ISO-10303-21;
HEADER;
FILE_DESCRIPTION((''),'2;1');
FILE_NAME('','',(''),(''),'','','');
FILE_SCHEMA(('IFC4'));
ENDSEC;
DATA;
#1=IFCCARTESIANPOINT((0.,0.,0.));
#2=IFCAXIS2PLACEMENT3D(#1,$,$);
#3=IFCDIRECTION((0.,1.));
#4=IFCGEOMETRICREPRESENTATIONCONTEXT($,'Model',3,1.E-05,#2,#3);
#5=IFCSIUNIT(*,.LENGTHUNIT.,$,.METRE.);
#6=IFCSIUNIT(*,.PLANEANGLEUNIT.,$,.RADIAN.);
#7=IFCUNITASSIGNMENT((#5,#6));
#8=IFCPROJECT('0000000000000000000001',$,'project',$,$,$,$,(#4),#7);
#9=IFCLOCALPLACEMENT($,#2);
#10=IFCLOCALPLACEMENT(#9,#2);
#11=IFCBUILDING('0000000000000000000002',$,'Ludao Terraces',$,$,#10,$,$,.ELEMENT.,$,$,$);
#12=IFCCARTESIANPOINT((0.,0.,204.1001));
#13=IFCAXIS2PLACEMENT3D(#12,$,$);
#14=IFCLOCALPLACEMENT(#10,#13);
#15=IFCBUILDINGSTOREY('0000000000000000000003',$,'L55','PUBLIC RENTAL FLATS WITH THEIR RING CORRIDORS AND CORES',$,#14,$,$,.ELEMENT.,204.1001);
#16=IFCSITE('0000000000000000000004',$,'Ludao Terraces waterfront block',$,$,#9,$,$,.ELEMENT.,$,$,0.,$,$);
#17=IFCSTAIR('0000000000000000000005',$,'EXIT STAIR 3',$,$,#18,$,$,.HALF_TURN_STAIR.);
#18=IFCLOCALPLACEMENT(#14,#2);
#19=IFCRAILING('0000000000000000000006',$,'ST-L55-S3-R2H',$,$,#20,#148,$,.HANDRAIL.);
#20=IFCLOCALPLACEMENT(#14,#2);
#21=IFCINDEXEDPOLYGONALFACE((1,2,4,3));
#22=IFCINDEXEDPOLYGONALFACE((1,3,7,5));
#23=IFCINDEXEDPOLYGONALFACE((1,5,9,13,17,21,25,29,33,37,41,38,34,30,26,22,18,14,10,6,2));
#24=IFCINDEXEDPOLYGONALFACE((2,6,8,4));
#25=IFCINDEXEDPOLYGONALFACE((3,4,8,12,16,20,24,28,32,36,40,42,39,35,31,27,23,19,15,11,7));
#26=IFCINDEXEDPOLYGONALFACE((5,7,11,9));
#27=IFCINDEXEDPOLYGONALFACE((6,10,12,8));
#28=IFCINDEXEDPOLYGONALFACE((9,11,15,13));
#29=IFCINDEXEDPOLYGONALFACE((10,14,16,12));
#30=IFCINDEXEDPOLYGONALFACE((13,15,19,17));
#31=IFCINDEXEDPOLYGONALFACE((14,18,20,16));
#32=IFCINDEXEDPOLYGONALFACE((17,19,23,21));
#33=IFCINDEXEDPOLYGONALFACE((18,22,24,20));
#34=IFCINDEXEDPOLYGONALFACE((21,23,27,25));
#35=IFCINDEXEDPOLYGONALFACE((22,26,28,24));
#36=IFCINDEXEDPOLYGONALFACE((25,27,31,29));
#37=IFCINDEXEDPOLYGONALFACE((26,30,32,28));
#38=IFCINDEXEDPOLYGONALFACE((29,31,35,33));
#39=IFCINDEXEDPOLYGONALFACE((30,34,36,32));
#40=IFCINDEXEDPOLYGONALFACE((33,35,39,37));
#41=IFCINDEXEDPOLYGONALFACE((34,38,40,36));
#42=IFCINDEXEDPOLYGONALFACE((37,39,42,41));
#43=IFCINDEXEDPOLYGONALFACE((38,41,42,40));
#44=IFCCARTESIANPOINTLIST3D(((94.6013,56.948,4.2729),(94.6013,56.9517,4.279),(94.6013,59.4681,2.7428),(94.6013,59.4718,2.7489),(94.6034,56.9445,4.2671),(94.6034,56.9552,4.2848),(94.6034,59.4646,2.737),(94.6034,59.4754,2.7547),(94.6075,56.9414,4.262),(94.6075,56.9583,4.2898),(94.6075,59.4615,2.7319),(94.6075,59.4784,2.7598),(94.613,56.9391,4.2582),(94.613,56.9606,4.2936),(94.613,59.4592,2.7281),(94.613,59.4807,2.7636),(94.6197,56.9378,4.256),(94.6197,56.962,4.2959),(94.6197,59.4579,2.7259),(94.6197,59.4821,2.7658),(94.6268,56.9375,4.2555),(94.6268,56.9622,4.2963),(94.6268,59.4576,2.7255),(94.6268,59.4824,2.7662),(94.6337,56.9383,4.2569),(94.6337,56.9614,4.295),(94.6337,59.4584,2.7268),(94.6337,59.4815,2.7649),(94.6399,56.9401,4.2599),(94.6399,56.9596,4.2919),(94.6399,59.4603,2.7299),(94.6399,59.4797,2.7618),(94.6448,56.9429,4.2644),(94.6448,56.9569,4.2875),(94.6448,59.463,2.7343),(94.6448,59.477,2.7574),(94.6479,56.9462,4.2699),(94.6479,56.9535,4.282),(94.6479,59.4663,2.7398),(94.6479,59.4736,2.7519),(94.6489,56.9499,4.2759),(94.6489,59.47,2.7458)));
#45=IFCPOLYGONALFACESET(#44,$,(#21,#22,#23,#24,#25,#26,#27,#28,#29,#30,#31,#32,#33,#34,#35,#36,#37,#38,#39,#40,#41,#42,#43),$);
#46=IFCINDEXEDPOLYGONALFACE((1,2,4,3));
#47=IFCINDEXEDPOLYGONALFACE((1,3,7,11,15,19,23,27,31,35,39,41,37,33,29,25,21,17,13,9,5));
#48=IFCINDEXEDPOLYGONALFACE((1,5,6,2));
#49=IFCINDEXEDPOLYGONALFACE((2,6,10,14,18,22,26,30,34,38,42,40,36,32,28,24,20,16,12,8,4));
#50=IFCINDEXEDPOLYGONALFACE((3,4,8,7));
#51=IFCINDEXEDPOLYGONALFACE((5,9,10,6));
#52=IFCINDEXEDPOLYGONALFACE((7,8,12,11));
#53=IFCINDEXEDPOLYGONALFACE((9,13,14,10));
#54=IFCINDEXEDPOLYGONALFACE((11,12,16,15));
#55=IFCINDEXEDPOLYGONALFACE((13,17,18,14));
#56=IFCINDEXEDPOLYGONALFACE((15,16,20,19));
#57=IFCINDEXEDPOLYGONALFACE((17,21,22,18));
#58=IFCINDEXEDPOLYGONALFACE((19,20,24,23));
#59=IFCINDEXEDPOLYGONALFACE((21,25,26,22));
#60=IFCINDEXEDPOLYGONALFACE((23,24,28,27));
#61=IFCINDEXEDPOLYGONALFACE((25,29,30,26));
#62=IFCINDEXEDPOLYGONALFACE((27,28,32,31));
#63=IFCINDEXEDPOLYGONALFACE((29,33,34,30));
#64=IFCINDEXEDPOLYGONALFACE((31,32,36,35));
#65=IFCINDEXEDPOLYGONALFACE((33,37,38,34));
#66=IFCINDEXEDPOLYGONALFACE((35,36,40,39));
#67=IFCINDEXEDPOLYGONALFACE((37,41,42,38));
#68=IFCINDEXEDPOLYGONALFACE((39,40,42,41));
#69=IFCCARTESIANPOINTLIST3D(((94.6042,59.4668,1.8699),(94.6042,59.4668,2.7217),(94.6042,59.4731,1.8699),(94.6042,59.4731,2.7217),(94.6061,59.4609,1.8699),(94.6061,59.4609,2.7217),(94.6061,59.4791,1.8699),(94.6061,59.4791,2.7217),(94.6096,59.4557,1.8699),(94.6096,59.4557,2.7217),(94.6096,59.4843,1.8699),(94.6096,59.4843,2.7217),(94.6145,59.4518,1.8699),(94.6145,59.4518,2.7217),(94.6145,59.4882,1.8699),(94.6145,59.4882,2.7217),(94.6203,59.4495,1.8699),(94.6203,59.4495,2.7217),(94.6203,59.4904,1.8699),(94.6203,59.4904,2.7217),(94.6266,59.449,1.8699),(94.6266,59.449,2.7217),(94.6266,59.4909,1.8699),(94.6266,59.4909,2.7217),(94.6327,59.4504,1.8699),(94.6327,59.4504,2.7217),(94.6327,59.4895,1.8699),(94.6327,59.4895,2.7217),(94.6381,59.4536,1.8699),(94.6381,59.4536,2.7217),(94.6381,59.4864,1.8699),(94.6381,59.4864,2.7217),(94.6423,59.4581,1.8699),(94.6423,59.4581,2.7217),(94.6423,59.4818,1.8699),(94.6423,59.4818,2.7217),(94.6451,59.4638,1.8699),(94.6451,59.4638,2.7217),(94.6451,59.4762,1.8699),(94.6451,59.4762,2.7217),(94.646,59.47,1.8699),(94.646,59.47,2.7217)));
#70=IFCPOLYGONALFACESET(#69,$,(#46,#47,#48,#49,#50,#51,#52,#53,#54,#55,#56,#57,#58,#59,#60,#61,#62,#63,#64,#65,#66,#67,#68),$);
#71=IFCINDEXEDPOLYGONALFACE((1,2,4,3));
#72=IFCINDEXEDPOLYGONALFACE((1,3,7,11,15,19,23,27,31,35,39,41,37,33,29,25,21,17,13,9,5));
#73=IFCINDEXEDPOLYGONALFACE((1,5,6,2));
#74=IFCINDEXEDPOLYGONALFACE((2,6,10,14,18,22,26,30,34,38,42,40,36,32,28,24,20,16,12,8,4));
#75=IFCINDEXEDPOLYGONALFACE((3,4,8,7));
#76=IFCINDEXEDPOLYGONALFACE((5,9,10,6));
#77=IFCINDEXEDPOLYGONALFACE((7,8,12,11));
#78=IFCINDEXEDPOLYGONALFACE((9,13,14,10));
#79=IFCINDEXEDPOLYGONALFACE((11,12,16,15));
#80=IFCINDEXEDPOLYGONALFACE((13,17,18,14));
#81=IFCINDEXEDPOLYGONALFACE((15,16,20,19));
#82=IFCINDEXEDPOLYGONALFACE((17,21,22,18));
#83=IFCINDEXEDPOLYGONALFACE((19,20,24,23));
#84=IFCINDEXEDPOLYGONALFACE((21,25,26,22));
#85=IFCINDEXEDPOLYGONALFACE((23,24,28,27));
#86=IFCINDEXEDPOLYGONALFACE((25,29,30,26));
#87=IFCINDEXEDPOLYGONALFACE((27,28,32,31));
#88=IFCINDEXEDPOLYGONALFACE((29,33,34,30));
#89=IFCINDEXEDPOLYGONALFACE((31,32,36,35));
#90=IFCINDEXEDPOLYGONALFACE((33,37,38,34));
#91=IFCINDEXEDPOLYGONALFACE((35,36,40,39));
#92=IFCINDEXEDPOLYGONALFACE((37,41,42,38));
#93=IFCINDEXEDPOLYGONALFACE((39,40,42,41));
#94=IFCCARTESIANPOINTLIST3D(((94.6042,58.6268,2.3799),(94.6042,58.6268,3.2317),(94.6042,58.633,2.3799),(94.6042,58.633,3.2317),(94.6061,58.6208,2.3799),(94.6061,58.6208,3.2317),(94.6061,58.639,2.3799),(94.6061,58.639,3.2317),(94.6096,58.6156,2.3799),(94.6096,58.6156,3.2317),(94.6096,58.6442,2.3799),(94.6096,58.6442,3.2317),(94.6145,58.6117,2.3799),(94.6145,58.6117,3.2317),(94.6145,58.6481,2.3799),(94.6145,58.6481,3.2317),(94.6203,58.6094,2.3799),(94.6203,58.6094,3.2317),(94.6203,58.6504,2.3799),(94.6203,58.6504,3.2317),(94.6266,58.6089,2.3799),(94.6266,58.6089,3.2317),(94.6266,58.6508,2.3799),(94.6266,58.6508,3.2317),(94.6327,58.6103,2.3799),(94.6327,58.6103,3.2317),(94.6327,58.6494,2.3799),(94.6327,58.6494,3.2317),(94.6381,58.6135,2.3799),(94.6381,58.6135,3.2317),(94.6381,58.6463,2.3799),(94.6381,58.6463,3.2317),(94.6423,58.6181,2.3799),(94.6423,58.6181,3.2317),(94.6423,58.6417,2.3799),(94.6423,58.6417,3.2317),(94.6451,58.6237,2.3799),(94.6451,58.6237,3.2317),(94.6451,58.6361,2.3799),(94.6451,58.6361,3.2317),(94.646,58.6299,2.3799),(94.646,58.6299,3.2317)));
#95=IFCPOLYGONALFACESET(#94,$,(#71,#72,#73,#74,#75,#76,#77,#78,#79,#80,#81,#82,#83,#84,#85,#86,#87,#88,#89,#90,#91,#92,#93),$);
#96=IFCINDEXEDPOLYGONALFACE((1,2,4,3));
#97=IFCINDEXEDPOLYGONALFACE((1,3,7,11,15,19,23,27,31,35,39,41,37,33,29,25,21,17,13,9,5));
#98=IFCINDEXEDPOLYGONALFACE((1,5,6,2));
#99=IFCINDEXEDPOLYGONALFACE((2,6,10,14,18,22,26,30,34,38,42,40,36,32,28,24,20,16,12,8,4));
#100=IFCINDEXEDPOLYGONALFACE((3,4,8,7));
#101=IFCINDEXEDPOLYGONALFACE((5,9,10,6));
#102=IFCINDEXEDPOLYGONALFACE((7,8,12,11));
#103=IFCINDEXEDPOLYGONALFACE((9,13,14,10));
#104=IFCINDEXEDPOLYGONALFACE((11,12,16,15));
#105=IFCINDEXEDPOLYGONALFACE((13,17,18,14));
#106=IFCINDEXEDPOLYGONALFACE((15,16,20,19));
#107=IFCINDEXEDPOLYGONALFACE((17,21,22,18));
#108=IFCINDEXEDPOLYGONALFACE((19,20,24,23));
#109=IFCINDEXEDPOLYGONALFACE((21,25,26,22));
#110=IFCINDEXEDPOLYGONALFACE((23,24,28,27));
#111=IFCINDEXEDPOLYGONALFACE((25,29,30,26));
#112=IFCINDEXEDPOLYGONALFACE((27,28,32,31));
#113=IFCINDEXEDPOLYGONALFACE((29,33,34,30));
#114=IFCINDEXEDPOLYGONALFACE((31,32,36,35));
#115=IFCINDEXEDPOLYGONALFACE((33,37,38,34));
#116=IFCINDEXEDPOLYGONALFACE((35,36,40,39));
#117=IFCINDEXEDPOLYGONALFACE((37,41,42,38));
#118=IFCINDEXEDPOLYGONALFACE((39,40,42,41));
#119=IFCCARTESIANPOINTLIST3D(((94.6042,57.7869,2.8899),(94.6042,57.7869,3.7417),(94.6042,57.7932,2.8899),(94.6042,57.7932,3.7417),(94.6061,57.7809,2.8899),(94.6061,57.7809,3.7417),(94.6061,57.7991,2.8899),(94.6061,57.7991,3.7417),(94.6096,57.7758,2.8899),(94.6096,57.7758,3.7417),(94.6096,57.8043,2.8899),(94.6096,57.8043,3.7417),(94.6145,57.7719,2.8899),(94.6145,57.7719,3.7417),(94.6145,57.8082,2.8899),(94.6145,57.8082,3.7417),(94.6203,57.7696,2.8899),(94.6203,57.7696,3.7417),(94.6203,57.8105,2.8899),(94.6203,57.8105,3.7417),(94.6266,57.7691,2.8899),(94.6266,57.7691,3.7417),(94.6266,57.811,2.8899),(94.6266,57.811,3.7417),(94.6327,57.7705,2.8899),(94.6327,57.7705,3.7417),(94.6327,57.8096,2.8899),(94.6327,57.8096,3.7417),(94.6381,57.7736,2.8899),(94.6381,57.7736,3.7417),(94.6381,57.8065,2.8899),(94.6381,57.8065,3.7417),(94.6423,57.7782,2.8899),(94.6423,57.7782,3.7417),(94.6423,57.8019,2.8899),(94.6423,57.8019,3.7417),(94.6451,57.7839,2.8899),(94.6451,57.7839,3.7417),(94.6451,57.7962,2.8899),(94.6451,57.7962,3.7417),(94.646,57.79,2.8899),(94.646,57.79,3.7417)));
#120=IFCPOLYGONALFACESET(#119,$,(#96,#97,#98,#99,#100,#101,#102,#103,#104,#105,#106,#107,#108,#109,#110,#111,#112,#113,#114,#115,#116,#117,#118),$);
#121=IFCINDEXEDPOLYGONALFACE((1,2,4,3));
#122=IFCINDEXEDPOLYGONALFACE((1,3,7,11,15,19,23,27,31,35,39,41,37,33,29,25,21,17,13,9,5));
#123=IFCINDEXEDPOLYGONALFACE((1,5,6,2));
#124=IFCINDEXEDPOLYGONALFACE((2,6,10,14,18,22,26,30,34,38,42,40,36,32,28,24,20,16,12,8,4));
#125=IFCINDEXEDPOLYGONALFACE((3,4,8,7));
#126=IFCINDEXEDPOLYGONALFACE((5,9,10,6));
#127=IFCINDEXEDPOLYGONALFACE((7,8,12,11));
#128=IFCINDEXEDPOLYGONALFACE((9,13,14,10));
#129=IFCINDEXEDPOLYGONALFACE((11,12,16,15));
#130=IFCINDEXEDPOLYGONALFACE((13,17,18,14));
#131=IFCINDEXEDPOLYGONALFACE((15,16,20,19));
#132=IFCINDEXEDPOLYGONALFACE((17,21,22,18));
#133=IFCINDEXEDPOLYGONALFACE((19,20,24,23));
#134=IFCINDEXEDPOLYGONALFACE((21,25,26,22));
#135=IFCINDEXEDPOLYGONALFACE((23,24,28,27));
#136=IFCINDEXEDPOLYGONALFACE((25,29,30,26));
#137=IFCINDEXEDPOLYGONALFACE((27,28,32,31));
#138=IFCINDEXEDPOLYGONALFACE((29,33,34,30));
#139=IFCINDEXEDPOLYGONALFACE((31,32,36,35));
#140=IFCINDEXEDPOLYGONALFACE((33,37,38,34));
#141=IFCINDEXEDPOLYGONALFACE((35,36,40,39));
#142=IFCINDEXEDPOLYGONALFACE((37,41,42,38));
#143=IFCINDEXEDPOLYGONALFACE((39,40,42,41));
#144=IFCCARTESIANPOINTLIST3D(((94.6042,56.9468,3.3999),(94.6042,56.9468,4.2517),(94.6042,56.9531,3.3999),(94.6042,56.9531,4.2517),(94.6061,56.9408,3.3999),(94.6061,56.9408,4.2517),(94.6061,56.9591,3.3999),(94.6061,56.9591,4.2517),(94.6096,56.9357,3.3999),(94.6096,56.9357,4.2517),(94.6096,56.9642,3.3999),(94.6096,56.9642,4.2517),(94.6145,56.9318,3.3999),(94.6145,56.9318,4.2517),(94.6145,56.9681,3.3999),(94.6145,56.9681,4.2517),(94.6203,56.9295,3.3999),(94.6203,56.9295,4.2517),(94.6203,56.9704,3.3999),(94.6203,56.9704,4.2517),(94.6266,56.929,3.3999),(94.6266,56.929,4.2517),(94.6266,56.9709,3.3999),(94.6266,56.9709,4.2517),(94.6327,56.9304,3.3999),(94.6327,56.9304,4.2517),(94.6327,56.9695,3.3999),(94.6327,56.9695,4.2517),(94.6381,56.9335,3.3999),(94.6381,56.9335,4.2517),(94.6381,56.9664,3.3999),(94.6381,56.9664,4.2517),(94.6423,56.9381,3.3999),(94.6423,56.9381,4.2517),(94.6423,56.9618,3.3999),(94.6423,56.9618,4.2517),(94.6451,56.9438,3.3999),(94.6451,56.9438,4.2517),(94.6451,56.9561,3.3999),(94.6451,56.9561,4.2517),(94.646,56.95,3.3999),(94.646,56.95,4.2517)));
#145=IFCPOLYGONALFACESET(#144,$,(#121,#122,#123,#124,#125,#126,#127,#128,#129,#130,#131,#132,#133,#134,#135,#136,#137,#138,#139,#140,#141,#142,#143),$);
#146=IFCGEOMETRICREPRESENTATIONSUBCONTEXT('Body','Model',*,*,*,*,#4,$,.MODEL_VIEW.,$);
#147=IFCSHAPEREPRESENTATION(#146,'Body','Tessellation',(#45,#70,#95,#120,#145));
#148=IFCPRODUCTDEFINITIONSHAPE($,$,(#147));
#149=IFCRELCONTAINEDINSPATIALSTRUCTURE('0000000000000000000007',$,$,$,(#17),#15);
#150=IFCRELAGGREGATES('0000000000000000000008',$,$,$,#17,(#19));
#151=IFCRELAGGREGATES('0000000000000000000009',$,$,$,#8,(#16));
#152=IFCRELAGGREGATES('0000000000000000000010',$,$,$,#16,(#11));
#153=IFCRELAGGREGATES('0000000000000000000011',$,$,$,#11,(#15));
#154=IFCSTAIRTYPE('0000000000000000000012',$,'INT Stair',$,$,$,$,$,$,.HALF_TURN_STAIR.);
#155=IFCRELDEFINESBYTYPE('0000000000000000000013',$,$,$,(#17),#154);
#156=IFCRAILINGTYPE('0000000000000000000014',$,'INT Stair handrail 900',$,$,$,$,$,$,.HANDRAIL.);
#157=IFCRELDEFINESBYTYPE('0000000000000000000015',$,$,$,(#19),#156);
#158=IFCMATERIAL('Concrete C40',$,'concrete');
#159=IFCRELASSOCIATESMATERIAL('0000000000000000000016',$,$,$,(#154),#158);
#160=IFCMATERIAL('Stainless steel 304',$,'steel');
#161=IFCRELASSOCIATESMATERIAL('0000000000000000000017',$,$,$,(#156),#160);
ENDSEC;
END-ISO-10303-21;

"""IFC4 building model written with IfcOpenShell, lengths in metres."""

from ifc_helpers import new_model, si_unit, direction, frame, origin, origin_2d, place, context, subcontext, project, spatial, circle, extrude, material, type_object, element, aggregate, save


model = new_model("IFC4")

# Units and contexts
model_context = context("Model", 3, precision=1e-05, world=origin(), true_north=direction((0.0, 1.0)))
body_context = subcontext(model_context, "Body", "Model", "MODEL_VIEW")
ifc_project = project(units=[si_unit("LENGTHUNIT", "METRE"), si_unit("PLANEANGLEUNIT", "RADIAN")], contexts=[model_context])

# Site, building, storey
site_placement = place(None, origin())
site = spatial("IfcSite", under=ifc_project, at=site_placement, Name="Ludao Terraces waterfront block", CompositionType="ELEMENT", RefElevation=0.0)
building_placement = place(site_placement, origin())
building = spatial("IfcBuilding", under=site, at=building_placement, Name="Ludao Terraces", CompositionType="ELEMENT")
storey_placement = place(building_placement, frame((0.0, 0.0, 204.1001)))
storey = spatial("IfcBuildingStorey", under=building, at=storey_placement, Name="L55", Description="PUBLIC RENTAL FLATS WITH THEIR RING CORRIDORS AND CORES", CompositionType="ELEMENT", Elevation=204.1001)

# Shared definitions
ifc_material_1 = material(Name="Concrete C40", Category="concrete")

# Stair, railing
stair_type = type_object("IfcStairType", Name="INT Stair", PredefinedType="HALF_TURN_STAIR", material=ifc_material_1)
stair_placement = place(storey_placement, origin())
stair = element("IfcStair", 1, at=stair_placement, inside=storey, type_object=stair_type, Name="EXIT STAIR 3", PredefinedType="HALF_TURN_STAIR")
ifc_material_2 = material(Name="Stainless steel 304", Category="steel")
railing_type_1 = type_object("IfcRailingType", Name="INT Stair handrail 900", PredefinedType="HANDRAIL", material=ifc_material_2)
railing_1_placement = place(storey_placement, frame((94.625, 59.47, 1.8699)))
railing_1 = element("IfcRailing", 2, at=railing_1_placement, type_object=railing_type_1, Name="ST-L55-S3-R2H", PredefinedType="HANDRAIL", context=body_context, shape_type="SweptSolid", body=[
    extrude(circle(Radius=0.0239, at=origin_2d()), frame((0.0, 0.0, 0.876), z_axis=(0.0, -0.854785, 0.518982), x_axis=(1.0, 0.0, 0.0)), (0.0, 0.0, 1.0), 2.9482),
    extrude(circle(Radius=0.021, at=origin_2d()), origin(), (0.0, 0.0, 1.0), 0.8518),
    extrude(circle(Radius=0.021, at=origin_2d()), frame((0.0, -0.8401, 0.51)), (0.0, 0.0, 1.0), 0.8518),
    extrude(circle(Radius=0.021, at=origin_2d()), frame((0.0, -1.6799, 1.02)), (0.0, 0.0, 1.0), 0.8518),
    extrude(circle(Radius=0.021, at=origin_2d()), frame((0.0, -2.52, 1.53)), (0.0, 0.0, 1.0), 0.8518),
])
aggregate(stair, [railing_1])

save(model, "model.ifc")
